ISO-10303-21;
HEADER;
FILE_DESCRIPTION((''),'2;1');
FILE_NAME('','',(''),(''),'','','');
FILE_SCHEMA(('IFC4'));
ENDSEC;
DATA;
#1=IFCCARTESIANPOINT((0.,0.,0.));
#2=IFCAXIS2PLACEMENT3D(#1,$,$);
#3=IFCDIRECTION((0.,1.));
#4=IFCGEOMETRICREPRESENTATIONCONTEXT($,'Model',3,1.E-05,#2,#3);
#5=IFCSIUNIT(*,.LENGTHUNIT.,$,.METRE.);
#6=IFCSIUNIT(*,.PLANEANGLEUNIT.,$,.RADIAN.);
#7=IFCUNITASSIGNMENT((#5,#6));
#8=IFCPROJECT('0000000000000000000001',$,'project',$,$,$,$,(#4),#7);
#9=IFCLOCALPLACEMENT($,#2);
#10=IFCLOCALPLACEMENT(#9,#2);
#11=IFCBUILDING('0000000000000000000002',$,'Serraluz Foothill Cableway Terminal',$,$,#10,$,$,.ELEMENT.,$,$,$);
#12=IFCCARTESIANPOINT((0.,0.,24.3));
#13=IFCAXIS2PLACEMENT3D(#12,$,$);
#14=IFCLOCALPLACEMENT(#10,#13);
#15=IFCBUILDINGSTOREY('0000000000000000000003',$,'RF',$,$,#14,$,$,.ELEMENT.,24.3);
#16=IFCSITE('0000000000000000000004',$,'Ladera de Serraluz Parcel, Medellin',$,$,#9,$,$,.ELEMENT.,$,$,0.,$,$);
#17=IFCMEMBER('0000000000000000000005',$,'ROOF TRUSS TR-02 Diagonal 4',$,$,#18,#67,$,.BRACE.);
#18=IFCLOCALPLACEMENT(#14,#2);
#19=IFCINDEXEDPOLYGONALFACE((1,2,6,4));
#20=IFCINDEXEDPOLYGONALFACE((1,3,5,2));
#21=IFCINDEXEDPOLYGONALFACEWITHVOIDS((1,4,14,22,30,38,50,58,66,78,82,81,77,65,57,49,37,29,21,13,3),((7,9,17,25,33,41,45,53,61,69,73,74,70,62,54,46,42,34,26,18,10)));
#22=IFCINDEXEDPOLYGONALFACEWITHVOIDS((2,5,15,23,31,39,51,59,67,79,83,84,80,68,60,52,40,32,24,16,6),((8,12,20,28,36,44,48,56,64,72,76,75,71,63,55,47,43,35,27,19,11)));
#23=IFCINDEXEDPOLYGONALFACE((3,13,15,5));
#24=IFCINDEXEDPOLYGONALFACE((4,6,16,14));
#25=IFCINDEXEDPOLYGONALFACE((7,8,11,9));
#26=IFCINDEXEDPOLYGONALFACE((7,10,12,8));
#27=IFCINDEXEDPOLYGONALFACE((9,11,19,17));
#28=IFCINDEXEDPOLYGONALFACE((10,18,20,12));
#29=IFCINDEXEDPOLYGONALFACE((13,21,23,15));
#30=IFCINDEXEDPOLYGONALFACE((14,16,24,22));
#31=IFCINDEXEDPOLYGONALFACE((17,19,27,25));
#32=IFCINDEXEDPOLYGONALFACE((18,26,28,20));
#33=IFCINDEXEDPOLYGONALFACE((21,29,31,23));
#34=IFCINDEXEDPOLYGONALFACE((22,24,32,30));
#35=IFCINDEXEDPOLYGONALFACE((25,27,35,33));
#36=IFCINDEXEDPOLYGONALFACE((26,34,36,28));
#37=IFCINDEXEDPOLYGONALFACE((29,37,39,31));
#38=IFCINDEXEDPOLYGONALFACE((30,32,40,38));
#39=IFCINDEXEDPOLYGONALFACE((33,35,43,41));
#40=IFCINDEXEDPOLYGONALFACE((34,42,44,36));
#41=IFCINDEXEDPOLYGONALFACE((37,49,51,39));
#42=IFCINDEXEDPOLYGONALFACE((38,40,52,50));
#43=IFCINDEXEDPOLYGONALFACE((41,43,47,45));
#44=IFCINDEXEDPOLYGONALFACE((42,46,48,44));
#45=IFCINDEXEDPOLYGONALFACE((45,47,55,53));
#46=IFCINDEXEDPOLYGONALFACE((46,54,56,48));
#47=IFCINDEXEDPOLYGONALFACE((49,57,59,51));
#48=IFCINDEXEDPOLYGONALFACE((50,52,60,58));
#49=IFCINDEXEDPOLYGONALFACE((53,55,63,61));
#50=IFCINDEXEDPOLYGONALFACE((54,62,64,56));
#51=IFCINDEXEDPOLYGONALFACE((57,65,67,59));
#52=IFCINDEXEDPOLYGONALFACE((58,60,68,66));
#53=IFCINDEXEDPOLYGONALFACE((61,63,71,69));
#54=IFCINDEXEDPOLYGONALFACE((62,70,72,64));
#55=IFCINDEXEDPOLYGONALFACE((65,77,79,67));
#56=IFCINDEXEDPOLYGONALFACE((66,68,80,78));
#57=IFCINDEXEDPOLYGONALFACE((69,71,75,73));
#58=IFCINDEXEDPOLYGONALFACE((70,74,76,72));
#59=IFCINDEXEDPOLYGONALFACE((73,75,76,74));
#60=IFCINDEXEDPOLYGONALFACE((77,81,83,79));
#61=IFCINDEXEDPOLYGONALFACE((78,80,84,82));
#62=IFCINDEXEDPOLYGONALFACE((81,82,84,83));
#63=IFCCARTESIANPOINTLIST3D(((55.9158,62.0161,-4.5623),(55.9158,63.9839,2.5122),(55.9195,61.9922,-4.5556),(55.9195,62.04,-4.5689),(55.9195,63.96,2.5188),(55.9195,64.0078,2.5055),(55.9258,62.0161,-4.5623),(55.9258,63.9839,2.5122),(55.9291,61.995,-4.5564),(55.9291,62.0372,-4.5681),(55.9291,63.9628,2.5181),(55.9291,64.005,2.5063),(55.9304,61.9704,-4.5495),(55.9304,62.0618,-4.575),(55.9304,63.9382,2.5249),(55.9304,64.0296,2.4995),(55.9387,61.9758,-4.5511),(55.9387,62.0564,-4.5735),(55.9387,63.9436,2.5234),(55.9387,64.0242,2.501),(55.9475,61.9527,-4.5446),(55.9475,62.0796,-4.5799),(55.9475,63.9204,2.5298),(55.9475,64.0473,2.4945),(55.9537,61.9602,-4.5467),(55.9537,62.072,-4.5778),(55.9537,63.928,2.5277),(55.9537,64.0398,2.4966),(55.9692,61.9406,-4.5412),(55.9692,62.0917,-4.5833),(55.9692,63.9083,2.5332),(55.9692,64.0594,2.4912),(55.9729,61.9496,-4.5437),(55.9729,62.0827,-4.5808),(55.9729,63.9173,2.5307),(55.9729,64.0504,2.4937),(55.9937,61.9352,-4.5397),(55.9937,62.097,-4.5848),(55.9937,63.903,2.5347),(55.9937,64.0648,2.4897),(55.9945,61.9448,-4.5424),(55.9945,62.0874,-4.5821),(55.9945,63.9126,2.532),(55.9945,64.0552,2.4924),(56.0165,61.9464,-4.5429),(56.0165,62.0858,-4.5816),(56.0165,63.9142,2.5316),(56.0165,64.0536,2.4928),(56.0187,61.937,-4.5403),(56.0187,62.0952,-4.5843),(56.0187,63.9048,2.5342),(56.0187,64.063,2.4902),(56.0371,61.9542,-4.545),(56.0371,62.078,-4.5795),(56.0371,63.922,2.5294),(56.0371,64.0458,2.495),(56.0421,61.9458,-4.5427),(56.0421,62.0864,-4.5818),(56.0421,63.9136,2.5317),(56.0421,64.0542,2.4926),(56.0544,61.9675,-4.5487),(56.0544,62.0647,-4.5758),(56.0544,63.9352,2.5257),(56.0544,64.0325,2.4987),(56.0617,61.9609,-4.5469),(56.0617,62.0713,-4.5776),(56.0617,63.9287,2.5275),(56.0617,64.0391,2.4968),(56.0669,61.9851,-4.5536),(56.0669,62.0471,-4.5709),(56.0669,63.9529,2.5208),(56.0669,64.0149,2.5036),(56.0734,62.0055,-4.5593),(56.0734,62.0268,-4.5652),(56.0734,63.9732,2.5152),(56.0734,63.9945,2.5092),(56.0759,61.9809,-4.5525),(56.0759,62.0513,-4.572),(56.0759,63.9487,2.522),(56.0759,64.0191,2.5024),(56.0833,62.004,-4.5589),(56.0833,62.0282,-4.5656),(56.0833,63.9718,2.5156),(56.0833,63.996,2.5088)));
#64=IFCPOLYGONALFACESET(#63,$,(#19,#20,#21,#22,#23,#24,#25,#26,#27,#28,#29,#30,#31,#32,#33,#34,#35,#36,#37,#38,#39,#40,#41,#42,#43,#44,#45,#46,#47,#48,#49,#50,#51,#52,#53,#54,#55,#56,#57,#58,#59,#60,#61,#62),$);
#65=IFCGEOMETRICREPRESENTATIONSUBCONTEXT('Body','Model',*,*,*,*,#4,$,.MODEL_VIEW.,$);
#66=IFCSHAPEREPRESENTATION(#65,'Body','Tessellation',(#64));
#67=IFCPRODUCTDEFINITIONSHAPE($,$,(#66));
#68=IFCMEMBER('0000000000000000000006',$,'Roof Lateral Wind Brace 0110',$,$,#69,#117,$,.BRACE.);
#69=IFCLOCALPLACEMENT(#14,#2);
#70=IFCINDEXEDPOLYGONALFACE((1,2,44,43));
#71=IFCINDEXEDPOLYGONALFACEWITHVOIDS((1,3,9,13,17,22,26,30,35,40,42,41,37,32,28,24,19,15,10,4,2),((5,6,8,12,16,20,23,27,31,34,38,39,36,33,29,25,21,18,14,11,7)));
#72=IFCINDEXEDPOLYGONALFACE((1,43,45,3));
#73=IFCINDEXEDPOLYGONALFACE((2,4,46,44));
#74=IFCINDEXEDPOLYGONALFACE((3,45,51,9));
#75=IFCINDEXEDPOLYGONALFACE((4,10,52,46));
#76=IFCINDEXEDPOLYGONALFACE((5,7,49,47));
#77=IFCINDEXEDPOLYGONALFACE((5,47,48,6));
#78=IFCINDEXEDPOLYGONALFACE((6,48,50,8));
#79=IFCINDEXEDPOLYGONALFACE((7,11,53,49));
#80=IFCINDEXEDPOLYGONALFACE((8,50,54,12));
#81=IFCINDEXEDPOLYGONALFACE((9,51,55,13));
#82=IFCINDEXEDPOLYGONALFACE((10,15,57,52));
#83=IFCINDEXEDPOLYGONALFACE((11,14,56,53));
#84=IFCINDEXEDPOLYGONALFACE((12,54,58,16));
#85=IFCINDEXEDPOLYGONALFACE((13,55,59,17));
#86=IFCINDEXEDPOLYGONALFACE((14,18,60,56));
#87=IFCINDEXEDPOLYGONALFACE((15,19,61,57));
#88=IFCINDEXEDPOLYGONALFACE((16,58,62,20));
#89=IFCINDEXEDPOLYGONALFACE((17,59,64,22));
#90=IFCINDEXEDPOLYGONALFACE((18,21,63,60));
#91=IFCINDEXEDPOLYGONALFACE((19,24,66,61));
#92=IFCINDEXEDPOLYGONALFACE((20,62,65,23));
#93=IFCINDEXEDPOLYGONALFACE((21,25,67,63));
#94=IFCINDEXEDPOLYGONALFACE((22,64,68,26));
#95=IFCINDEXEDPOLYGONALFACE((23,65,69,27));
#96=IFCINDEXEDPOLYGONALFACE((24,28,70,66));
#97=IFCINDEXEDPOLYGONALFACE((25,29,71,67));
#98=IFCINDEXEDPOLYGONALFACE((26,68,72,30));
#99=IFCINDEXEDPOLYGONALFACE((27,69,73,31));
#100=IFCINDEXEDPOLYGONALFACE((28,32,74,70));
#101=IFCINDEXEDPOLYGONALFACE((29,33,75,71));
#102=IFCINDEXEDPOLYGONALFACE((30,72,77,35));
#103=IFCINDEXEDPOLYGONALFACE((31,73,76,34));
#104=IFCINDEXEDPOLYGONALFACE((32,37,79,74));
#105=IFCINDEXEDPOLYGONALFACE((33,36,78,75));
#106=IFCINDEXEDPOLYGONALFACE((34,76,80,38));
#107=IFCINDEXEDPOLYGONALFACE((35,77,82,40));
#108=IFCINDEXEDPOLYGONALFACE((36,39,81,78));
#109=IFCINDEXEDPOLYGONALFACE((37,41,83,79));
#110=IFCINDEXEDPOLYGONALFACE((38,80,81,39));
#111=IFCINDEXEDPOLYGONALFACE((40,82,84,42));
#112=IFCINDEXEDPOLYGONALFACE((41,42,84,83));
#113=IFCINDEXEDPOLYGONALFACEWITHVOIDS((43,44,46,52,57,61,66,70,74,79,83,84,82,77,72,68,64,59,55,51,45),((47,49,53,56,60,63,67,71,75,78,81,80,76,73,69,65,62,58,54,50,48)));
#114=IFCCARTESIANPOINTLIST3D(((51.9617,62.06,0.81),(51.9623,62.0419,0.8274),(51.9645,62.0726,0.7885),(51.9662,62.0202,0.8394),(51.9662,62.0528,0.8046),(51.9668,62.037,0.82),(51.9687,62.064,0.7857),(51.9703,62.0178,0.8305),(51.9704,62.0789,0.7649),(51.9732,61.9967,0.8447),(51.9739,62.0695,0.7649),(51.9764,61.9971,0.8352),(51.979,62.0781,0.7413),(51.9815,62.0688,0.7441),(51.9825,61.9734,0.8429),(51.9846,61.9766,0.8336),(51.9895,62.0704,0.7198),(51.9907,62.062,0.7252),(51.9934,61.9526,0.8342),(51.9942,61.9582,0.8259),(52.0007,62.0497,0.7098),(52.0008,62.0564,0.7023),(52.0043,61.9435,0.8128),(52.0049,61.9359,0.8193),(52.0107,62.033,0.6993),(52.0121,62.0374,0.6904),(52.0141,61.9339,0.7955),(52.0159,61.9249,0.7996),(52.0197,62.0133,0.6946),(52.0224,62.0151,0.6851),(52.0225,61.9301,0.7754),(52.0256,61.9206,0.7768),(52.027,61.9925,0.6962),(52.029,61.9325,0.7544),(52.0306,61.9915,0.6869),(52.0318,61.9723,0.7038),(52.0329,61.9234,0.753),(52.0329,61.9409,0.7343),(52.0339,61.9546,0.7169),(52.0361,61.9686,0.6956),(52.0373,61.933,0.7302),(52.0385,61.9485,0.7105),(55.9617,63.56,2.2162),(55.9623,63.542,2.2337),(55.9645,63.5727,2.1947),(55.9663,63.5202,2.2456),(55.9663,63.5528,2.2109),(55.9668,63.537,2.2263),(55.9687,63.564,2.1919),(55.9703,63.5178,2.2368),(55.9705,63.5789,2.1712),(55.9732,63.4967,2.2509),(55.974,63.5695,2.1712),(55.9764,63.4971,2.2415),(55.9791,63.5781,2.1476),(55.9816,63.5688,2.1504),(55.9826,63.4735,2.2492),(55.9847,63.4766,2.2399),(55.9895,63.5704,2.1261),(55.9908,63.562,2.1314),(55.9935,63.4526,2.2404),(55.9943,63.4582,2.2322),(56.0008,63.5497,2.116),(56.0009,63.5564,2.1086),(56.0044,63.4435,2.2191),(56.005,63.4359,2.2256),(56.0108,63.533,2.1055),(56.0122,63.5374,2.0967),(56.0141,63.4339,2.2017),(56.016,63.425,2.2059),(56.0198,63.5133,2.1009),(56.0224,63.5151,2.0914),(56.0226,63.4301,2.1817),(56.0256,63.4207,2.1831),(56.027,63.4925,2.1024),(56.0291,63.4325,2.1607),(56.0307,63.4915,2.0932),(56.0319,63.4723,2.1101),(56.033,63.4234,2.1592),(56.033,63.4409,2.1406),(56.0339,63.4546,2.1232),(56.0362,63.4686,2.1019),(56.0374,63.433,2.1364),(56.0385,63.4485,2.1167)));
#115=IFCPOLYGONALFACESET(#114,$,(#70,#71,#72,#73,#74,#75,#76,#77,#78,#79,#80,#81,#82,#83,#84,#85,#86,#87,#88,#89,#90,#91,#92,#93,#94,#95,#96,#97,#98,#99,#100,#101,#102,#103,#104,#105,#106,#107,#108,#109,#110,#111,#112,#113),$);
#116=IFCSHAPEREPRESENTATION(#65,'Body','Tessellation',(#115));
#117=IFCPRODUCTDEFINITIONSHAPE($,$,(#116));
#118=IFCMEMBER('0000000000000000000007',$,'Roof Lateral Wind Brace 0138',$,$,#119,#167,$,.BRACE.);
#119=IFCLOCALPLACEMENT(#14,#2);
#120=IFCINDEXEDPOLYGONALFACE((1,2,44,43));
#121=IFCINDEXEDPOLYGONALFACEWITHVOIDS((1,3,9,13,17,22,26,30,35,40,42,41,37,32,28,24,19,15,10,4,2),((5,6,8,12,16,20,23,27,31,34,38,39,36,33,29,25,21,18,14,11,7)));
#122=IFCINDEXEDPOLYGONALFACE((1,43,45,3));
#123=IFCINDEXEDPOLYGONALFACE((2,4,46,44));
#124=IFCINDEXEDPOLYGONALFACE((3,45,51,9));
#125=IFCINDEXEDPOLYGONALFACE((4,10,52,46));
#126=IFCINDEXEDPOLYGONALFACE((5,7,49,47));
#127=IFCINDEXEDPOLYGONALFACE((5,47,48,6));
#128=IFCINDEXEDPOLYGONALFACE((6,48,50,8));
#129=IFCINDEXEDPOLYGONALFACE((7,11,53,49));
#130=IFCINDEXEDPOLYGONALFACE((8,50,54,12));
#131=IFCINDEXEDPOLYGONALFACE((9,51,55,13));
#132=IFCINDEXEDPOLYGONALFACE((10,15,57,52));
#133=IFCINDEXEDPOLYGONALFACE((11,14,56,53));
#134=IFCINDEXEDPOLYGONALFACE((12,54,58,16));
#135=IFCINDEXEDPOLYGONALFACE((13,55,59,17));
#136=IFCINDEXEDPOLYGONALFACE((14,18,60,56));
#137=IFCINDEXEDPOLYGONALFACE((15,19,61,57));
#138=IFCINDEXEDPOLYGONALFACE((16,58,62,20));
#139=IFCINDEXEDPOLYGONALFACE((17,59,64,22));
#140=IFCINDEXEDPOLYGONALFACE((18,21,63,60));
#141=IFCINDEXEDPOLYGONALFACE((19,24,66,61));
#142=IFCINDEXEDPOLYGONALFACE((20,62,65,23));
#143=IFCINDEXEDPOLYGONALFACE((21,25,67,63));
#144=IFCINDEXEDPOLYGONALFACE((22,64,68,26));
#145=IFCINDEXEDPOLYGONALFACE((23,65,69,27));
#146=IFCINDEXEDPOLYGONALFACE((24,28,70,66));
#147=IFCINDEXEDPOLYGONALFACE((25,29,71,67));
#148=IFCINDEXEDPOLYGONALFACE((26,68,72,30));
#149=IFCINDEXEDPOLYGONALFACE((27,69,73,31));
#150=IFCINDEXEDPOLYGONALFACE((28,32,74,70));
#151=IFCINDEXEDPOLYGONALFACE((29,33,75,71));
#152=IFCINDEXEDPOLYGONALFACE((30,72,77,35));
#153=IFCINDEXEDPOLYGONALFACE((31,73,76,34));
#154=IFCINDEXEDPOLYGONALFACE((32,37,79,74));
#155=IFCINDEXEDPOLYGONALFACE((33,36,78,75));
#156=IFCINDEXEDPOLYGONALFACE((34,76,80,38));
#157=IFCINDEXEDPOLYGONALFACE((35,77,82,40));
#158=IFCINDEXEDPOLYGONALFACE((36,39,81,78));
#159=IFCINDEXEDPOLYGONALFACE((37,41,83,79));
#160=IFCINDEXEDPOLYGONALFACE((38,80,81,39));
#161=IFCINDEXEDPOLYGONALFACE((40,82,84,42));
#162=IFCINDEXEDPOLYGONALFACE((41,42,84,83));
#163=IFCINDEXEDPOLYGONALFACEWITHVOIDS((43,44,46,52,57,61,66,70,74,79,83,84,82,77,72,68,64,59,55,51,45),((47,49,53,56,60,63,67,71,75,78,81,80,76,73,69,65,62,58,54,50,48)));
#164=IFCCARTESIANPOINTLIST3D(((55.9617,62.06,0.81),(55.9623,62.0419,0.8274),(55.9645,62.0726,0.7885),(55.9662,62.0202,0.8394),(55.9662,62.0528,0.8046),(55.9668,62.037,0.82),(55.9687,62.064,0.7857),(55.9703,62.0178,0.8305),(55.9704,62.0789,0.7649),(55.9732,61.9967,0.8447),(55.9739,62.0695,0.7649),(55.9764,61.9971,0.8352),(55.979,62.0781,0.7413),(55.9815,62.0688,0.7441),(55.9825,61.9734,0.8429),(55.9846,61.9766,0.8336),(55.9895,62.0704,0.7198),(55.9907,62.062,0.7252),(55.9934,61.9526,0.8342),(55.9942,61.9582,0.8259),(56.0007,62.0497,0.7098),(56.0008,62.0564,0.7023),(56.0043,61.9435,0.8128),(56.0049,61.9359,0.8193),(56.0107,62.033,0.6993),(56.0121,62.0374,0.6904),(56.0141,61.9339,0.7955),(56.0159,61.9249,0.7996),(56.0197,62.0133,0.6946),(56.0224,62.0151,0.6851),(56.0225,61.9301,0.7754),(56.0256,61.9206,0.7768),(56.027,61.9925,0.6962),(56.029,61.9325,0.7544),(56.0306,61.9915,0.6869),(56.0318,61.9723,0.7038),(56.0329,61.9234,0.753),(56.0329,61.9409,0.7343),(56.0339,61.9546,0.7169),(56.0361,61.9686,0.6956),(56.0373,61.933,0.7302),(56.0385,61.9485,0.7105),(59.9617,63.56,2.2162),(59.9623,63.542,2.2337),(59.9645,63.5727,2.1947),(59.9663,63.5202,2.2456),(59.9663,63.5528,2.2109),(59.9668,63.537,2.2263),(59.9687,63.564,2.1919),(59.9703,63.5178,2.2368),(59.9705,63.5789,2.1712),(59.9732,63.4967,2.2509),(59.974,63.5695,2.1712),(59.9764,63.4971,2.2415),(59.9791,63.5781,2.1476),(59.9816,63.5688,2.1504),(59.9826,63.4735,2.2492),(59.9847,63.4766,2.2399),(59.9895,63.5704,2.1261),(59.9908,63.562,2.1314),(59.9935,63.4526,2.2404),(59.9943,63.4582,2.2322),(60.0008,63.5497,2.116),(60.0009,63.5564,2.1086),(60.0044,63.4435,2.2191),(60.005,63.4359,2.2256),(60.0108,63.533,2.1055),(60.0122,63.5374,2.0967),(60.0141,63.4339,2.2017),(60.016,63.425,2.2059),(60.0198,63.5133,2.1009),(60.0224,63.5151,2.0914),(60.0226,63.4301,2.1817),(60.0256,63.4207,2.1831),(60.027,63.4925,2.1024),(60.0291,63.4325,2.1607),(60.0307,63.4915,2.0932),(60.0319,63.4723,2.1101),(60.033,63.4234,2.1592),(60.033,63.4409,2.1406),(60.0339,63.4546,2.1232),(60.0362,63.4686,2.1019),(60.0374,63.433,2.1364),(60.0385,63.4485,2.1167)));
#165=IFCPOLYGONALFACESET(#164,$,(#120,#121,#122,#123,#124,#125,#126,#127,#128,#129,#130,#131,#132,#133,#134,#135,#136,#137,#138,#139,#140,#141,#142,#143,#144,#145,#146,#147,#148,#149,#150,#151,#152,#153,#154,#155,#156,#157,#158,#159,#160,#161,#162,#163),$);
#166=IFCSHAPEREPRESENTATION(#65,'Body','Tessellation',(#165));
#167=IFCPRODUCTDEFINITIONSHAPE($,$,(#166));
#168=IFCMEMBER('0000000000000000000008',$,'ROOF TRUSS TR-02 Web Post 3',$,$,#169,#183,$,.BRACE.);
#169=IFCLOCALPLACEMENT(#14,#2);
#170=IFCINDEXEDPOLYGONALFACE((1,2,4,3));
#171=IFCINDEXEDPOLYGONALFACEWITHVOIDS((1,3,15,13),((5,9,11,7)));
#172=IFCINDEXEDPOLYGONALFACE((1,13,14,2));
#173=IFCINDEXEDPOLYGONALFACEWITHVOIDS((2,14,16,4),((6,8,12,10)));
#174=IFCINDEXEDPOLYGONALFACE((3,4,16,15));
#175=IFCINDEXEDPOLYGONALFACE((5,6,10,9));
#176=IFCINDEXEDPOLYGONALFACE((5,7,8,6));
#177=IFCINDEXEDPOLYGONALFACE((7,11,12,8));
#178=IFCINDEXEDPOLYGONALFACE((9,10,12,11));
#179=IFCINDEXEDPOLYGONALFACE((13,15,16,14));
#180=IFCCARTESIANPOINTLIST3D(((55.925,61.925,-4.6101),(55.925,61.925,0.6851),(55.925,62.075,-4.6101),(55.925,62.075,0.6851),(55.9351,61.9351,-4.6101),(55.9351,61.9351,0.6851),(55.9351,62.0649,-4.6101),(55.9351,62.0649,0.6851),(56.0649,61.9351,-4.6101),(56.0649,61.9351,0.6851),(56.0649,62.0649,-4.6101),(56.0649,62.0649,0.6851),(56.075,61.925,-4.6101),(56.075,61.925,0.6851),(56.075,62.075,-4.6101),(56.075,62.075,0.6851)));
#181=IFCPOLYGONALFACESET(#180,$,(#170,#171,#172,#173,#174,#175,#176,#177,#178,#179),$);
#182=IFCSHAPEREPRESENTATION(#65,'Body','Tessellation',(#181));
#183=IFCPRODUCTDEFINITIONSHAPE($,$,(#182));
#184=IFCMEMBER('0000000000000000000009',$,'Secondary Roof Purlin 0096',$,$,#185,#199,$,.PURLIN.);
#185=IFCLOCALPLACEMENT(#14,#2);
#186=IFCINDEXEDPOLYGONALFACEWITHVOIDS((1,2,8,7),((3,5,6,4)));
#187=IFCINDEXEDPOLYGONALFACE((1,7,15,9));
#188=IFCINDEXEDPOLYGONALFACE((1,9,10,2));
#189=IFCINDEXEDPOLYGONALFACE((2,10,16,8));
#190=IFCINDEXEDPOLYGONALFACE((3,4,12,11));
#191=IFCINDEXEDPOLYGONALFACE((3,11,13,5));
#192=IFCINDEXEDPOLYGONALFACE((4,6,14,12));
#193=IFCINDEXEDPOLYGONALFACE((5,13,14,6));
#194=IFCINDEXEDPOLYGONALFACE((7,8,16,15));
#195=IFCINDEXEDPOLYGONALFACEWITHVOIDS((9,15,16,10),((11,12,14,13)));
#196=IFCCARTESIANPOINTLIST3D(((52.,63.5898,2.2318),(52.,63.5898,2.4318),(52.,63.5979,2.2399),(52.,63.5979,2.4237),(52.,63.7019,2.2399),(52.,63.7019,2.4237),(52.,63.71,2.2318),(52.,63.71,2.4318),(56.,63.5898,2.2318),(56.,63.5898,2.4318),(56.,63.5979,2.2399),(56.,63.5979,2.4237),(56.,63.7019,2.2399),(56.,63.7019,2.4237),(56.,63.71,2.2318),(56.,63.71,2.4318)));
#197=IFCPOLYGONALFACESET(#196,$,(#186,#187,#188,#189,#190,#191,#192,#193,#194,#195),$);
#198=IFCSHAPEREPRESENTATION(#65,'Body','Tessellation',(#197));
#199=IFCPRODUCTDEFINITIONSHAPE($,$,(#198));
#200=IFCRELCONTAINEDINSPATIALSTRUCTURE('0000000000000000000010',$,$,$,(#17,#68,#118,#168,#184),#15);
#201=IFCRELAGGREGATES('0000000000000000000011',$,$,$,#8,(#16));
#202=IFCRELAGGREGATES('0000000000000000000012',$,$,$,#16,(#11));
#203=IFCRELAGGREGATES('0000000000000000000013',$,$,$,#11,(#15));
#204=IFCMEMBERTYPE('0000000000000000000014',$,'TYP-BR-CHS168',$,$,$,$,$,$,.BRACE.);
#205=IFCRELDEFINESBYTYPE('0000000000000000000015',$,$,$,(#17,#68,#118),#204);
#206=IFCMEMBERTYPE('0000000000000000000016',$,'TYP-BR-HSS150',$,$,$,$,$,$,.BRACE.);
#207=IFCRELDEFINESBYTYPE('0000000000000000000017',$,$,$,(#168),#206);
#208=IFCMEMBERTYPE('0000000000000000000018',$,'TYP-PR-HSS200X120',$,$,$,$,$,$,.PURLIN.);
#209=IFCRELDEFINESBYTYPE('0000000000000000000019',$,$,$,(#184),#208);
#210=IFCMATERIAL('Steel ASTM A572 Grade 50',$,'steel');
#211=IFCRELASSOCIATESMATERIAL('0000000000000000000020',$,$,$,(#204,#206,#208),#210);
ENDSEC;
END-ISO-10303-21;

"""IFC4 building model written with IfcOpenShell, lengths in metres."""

from ifc_helpers import new_model, si_unit, direction, frame, origin, origin_2d, place, context, subcontext, project, spatial, hollow_rectangle, hollow_circle, extrude, material, material_profile, profile_set, type_object, element, save


model = new_model("IFC4")

# Units and contexts
model_context = context("Model", 3, precision=1e-05, world=origin(), true_north=direction((0.0, 1.0)))
body_context = subcontext(model_context, "Body", "Model", "MODEL_VIEW")
ifc_project = project(units=[si_unit("LENGTHUNIT", "METRE"), si_unit("PLANEANGLEUNIT", "RADIAN")], contexts=[model_context])

# Site, building, storey
site_placement = place(None, origin())
site = spatial("IfcSite", under=ifc_project, at=site_placement, Name="Ladera de Serraluz Parcel, Medellin", CompositionType="ELEMENT", RefElevation=0.0)
building_placement = place(site_placement, origin())
building = spatial("IfcBuilding", under=site, at=building_placement, Name="Serraluz Foothill Cableway Terminal", CompositionType="ELEMENT")
storey_placement = place(building_placement, frame((0.0, 0.0, 24.3)))
storey = spatial("IfcBuildingStorey", under=building, at=storey_placement, Name="RF", CompositionType="ELEMENT", Elevation=24.3)

# Members
ifc_material_1 = material(Name="Steel ASTM A572 Grade 50", Category="steel")
ifc_material_profile_1 = material_profile(ifc_material_1, hollow_circle(Radius=0.0842, WallThickness=0.01, at=origin_2d()), Name="CHS168X10")
ifc_profile_set_1 = profile_set([ifc_material_profile_1], Name="Steel ASTM A572 Grade 50")
member_type_1 = type_object("IfcMemberType", Name="TYP-BR-CHS168", PredefinedType="BRACE", material=ifc_profile_set_1)
member_1_placement = place(storey_placement, frame((56.0, 62.0161, -4.5623), z_axis=(0.0, 0.267978, 0.963425), x_axis=(-1.0, 0.0, 0.0)))
element("IfcMember", 1, at=member_1_placement, inside=storey, type_object=member_type_1, Name="ROOF TRUSS TR-02 Diagonal 4", PredefinedType="BRACE", context=body_context, shape_type="SweptSolid", body=[
    extrude(hollow_circle(Radius=0.0842, WallThickness=0.01, at=origin_2d()), origin(), (0.0, 0.0, 1.0), 7.343),
])
for number, where, z_axis, x_axis, name in (
    (2, (52.0, 62.0, 0.7649), (0.889382, 0.333518, 0.312673), (-0.351123, 0.936329, 0.0), "Roof Lateral Wind Brace 0110"),
    (3, (56.0, 62.0, 0.7649), (0.889382, 0.333518, 0.312673), (-0.351123, 0.936329, 0.0), "Roof Lateral Wind Brace 0138"),
):
    element("IfcMember", number, at=place(storey_placement, frame(where, z_axis=z_axis, x_axis=x_axis)), inside=storey, type_object=member_type_1, Name=name, PredefinedType="BRACE", context=body_context, shape_type="SweptSolid", body=[
        extrude(hollow_circle(Radius=0.0842, WallThickness=0.01, at=origin_2d()), origin(), (0.0, 0.0, 1.0), 4.4976),
    ])
ifc_material_profile_2 = material_profile(ifc_material_1, hollow_rectangle(XDim=0.1499, YDim=0.1499, WallThickness=0.01, at=origin_2d()), Name="HSS150X150X10")
ifc_profile_set_2 = profile_set([ifc_material_profile_2], Name="Steel ASTM A572 Grade 50")
member_type_2 = type_object("IfcMemberType", Name="TYP-BR-HSS150", PredefinedType="BRACE", material=ifc_profile_set_2)
member_2_placement = place(storey_placement, frame((56.0, 62.0, -4.6101), z_axis=(0.0, 0.0, 1.0), x_axis=(1.0, 0.0, 0.0)))
element("IfcMember", 4, at=member_2_placement, inside=storey, type_object=member_type_2, Name="ROOF TRUSS TR-02 Web Post 3", PredefinedType="BRACE", context=body_context, shape_type="SweptSolid", body=[
    extrude(hollow_rectangle(XDim=0.1499, YDim=0.1499, WallThickness=0.01, at=origin_2d()), origin(), (0.0, 0.0, 1.0), 5.2952),
])
ifc_material_profile_3 = material_profile(ifc_material_1, hollow_rectangle(XDim=0.1201, YDim=0.2, WallThickness=0.0081, at=origin_2d()), Name="HSS200X120X8")
ifc_profile_set_3 = profile_set([ifc_material_profile_3], Name="Steel ASTM A572 Grade 50")
member_type_3 = type_object("IfcMemberType", Name="TYP-PR-HSS200X120", PredefinedType="PURLIN", material=ifc_profile_set_3)
for number, where, z_axis, x_axis, name in (
    (5, (52.0, 63.6499, 2.3318), (1.0, 0.0, 0.0), (0.0, 1.0, 0.0), "Secondary Roof Purlin 0096"),
):
    element("IfcMember", number, at=place(storey_placement, frame(where, z_axis=z_axis, x_axis=x_axis)), inside=storey, type_object=member_type_3, Name=name, PredefinedType="PURLIN", context=body_context, shape_type="SweptSolid", body=[
        extrude(hollow_rectangle(XDim=0.1201, YDim=0.2, WallThickness=0.0081, at=origin_2d()), origin(), (0.0, 0.0, 1.0), 4.0),
    ])

save(model, "model.ifc")
